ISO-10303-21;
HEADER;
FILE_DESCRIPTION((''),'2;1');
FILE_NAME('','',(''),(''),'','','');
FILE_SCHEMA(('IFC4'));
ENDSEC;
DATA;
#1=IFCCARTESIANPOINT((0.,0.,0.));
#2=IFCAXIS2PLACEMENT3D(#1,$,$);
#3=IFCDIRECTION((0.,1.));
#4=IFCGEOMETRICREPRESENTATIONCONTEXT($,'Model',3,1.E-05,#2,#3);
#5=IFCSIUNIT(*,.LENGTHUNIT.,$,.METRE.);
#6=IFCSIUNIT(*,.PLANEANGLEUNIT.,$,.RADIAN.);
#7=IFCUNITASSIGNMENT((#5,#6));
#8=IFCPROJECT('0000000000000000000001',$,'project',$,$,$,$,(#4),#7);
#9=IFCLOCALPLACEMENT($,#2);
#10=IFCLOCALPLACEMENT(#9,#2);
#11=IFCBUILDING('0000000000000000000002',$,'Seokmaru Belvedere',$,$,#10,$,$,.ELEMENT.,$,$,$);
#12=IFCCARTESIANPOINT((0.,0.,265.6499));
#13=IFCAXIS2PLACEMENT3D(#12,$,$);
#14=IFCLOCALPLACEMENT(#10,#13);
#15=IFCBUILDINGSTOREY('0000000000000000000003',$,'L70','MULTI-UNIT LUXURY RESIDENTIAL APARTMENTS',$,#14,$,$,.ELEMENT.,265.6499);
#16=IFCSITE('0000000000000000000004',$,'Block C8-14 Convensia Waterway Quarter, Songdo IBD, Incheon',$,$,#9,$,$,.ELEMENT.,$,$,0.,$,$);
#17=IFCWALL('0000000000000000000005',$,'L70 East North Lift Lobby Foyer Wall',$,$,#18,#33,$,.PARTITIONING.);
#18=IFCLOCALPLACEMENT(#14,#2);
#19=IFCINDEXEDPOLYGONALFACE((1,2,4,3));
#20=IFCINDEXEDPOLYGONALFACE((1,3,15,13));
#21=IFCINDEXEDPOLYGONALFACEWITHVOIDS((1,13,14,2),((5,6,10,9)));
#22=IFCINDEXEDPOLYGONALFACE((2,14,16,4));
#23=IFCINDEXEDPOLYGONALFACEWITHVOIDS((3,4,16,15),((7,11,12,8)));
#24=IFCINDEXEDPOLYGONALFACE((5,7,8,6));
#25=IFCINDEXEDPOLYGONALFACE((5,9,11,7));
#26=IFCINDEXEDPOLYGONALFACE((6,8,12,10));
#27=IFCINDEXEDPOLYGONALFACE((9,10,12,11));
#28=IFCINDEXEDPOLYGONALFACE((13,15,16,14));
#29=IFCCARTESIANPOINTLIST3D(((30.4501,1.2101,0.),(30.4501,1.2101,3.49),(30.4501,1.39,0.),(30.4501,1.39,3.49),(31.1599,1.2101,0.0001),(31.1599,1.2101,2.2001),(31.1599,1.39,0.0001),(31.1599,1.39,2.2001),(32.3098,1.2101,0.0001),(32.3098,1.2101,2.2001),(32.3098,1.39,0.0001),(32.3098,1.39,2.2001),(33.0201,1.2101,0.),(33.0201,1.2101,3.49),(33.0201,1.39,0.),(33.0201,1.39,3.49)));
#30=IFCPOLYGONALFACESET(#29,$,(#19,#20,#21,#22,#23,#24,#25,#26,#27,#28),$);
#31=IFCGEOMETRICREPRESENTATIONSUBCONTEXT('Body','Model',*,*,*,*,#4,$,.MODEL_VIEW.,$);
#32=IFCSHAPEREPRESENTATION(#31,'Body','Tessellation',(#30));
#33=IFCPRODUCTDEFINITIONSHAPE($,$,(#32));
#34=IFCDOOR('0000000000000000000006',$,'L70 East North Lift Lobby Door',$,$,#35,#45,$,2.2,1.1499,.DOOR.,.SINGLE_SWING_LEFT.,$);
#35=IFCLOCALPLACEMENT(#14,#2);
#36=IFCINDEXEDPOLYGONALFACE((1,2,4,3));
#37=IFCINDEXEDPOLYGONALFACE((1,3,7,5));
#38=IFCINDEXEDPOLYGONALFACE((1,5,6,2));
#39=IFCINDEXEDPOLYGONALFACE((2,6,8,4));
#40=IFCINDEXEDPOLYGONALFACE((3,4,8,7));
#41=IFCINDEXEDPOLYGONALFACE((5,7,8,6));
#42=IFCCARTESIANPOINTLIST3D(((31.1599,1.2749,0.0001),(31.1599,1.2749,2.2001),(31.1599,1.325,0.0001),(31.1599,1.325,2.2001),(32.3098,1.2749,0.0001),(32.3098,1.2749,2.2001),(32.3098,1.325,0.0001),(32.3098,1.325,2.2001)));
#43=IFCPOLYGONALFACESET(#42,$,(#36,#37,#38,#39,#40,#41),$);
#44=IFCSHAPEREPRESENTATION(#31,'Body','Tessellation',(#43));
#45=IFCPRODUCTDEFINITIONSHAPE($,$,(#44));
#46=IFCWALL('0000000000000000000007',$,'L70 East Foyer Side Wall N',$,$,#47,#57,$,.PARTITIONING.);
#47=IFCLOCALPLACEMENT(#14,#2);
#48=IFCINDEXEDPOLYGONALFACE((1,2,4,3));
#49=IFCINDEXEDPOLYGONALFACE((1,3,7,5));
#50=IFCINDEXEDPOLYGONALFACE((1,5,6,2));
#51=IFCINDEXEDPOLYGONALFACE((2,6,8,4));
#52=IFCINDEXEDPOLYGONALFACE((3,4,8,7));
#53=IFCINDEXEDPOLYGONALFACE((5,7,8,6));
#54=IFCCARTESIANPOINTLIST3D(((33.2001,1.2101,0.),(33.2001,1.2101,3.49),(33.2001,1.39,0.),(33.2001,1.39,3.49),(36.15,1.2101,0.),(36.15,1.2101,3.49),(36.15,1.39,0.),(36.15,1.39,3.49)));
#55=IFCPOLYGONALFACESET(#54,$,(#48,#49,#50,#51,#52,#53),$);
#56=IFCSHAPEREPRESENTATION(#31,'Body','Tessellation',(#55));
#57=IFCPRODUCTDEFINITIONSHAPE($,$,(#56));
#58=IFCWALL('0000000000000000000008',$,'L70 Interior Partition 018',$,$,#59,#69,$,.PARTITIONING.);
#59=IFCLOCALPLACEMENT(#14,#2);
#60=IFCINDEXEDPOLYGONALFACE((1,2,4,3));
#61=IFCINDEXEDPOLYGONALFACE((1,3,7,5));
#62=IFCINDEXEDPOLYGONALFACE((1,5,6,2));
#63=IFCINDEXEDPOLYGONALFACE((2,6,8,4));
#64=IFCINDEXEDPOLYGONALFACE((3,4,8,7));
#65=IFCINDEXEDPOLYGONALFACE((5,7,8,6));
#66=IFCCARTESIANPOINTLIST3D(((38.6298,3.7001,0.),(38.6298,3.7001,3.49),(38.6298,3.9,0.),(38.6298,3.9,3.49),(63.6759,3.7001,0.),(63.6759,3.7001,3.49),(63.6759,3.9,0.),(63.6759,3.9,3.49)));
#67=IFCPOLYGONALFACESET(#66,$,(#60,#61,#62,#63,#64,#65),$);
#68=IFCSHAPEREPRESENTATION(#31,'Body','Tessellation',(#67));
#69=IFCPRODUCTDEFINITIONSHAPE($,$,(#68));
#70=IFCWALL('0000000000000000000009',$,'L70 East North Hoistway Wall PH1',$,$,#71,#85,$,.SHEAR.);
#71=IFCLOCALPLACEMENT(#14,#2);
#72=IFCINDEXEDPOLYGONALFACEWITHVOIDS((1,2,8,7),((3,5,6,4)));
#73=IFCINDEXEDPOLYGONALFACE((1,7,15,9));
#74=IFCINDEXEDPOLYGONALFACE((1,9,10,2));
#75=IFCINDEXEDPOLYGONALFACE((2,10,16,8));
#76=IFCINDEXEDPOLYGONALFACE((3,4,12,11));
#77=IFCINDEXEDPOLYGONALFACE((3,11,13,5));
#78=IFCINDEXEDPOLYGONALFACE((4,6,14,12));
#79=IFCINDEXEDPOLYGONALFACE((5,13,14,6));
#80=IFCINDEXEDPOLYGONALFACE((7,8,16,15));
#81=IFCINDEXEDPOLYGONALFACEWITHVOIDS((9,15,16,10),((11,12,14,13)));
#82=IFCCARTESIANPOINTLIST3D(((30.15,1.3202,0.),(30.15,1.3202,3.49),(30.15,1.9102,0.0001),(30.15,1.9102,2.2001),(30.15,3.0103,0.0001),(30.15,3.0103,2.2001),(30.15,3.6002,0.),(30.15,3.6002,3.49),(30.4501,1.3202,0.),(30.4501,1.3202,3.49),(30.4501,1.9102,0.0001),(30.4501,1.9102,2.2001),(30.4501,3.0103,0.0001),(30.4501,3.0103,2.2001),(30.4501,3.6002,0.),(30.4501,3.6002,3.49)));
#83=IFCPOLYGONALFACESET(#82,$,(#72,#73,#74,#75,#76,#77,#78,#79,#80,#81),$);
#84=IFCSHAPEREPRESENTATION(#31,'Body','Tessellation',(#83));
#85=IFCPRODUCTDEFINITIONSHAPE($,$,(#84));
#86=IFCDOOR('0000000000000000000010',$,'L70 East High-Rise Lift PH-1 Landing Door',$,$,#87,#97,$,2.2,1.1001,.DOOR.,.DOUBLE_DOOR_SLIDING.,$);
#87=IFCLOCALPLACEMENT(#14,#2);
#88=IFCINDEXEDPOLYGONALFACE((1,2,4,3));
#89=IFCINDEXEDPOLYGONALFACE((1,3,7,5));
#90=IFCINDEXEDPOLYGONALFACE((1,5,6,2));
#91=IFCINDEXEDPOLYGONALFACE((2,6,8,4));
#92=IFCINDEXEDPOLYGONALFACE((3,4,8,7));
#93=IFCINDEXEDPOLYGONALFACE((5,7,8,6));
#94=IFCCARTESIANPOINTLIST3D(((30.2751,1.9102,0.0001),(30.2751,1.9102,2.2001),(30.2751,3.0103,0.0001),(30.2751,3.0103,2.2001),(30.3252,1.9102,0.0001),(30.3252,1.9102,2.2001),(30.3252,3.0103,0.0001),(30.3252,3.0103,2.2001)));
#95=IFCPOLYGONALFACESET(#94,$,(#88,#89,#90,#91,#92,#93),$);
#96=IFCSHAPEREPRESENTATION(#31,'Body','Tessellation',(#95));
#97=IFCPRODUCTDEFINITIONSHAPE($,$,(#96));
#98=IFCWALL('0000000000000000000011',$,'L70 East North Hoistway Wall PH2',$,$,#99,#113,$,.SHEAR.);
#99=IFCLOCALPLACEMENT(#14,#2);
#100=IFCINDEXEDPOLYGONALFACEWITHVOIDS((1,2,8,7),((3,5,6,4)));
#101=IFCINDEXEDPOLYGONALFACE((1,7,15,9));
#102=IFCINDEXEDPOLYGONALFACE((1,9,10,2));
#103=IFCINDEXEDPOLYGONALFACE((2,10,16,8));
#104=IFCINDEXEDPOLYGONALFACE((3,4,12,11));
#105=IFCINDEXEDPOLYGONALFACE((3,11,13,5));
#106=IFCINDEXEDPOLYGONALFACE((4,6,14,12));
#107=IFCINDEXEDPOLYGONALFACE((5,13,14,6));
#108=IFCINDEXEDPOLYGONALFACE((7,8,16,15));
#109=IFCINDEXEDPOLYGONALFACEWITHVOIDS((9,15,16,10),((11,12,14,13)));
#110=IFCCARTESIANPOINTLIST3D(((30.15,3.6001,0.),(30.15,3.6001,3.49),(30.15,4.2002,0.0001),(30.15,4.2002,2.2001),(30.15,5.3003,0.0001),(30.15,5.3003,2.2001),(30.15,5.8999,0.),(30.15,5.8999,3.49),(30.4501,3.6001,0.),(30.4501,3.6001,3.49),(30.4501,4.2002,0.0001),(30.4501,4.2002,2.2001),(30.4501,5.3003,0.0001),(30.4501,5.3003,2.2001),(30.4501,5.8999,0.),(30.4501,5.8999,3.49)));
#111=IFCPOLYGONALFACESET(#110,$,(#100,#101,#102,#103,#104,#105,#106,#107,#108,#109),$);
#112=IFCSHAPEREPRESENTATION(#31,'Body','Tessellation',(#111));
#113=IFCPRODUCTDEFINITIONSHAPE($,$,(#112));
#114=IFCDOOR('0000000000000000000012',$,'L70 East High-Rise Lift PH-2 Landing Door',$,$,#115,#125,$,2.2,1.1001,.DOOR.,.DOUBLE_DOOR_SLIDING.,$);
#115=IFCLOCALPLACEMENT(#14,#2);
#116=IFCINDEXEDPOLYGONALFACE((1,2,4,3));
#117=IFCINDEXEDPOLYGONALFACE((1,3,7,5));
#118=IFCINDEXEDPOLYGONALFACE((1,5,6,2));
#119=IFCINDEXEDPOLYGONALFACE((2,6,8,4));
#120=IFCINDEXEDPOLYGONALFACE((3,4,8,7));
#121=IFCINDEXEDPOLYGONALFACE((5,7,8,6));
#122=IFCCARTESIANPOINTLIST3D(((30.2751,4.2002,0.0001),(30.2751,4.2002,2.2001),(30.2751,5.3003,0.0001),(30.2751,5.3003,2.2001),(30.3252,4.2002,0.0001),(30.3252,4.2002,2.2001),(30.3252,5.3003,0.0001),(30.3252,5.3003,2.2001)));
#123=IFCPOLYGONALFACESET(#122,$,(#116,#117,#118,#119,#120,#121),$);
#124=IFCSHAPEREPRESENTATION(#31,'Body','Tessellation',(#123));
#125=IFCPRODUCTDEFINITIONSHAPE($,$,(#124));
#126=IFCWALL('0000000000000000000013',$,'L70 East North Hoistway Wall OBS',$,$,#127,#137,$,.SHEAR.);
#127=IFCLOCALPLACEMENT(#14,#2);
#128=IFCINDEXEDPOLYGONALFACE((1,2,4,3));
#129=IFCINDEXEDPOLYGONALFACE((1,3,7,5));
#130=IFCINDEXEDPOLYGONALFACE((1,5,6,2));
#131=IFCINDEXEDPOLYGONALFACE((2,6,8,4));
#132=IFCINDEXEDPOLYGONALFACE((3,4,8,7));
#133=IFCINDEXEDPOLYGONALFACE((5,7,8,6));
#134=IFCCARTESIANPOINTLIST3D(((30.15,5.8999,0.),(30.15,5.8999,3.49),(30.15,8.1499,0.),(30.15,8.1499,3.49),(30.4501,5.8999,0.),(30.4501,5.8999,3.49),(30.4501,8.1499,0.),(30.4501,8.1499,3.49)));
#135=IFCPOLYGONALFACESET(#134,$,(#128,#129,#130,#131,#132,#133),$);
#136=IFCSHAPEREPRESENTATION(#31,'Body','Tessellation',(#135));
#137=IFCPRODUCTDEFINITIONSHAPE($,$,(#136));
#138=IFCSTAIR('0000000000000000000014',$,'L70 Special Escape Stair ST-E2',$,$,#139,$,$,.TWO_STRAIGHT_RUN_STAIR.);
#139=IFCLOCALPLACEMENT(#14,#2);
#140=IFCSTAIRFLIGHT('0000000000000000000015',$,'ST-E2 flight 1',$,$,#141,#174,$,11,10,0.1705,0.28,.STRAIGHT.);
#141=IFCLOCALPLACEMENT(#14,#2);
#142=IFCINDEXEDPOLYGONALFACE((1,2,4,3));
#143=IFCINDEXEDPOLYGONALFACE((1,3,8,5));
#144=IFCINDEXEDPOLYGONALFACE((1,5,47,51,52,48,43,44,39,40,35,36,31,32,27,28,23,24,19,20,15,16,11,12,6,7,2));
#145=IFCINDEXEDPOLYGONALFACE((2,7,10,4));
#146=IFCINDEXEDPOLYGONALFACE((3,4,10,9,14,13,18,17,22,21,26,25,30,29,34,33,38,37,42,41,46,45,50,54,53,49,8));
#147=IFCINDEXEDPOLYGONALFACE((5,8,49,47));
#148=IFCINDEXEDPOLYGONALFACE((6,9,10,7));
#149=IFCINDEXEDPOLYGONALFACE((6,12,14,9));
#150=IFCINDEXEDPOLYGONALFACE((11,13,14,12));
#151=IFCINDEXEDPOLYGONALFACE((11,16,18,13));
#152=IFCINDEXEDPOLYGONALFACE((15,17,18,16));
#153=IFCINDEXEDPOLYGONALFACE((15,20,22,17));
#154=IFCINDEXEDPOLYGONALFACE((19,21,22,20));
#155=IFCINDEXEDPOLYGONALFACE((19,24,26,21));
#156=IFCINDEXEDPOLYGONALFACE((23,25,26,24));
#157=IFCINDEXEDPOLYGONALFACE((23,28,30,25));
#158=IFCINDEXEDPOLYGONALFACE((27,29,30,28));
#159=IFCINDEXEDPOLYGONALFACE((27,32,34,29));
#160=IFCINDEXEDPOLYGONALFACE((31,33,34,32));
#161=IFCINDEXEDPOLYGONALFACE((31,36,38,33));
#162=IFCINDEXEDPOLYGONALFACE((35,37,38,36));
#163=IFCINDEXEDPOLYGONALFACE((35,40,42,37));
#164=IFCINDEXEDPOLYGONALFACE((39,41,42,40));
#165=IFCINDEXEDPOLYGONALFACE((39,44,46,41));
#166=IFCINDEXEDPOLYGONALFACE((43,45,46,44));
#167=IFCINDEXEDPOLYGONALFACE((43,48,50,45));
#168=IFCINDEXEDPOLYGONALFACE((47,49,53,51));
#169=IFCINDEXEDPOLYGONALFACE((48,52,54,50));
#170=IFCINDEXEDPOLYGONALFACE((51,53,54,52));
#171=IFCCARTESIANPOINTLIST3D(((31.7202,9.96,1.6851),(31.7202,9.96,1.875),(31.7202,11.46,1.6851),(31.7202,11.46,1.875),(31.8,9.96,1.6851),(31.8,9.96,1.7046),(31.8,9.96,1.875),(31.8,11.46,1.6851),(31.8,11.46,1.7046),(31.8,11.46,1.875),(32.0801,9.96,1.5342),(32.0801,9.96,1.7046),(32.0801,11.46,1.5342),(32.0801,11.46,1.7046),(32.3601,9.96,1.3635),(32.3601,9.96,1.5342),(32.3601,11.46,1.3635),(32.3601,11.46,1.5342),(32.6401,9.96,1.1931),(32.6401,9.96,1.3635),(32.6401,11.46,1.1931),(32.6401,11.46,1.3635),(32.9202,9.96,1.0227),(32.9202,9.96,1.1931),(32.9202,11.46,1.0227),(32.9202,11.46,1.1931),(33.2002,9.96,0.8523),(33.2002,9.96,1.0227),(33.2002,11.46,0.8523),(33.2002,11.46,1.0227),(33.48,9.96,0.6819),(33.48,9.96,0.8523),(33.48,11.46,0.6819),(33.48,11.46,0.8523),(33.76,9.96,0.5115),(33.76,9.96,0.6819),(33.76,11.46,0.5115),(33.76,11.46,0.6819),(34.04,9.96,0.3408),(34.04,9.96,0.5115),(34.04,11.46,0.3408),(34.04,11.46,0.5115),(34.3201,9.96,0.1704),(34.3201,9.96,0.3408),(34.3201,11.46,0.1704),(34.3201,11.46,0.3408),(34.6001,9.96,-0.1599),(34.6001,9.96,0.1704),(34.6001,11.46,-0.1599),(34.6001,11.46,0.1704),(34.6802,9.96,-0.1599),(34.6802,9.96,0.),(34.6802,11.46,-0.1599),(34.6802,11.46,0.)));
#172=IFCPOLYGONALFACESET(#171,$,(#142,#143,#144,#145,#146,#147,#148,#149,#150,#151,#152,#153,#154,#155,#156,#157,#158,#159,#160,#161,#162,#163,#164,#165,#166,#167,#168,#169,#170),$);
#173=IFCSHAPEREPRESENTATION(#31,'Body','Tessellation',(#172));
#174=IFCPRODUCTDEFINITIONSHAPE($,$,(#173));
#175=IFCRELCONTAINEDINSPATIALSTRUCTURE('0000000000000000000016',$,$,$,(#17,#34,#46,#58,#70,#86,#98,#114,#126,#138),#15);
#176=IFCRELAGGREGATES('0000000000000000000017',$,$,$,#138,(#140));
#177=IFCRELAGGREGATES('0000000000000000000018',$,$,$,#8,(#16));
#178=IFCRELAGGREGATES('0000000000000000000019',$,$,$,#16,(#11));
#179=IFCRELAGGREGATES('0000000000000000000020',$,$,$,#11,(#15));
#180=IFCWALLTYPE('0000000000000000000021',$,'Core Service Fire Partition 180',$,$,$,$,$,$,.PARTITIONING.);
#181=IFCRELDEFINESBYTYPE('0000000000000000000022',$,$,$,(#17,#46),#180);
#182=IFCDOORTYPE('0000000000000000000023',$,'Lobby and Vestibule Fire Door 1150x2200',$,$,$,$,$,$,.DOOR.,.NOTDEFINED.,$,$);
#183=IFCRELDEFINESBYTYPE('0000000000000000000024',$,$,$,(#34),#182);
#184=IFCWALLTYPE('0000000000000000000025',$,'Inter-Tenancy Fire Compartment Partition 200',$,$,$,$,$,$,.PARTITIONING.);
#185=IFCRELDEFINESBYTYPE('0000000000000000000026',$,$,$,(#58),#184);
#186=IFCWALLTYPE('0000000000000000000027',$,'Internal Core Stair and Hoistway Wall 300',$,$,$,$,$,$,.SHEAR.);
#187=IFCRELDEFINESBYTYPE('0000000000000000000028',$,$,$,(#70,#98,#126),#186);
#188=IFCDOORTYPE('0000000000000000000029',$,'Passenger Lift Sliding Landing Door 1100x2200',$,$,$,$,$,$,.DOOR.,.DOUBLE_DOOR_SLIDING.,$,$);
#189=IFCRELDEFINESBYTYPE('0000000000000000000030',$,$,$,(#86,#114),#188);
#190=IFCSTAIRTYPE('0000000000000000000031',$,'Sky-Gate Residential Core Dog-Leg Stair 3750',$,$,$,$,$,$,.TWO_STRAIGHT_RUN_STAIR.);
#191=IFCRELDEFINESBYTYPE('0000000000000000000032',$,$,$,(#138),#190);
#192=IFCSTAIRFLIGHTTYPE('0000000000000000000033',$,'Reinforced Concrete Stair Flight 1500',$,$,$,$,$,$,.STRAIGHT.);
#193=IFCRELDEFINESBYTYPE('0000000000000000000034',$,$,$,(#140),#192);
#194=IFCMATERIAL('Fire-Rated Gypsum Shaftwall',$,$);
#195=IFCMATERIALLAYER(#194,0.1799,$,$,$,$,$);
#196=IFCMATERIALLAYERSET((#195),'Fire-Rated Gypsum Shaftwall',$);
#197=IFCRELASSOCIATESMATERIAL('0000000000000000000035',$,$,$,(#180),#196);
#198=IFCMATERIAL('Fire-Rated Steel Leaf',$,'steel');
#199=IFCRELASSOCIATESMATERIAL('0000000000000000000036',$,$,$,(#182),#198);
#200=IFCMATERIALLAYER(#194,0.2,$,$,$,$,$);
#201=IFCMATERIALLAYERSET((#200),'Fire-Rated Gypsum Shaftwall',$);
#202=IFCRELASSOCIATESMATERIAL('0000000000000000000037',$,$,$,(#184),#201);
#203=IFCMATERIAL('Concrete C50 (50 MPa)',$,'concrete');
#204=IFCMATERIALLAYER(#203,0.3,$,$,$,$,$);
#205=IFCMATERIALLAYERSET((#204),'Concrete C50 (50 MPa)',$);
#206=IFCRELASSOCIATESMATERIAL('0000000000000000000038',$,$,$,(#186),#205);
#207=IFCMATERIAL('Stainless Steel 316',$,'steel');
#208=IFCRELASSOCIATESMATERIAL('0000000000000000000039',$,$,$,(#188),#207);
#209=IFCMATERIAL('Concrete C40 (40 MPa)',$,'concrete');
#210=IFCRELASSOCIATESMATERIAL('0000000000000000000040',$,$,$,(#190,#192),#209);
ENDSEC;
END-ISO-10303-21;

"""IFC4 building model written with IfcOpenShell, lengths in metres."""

from ifc_helpers import new_model, si_unit, direction, frame, frame_2d, origin, place, context, subcontext, project, spatial, polyline, rectangle, outline, extrude, source, transform, mapped, material, layer, layer_set, type_object, type_shapes, element, fill, aggregate, save


model = new_model("IFC4")

# Units and contexts
model_context = context("Model", 3, precision=1e-05, world=origin(), true_north=direction((0.0, 1.0)))
body_context = subcontext(model_context, "Body", "Model", "MODEL_VIEW")
ifc_project = project(units=[si_unit("LENGTHUNIT", "METRE"), si_unit("PLANEANGLEUNIT", "RADIAN")], contexts=[model_context])

# Site, building, storey
site_placement = place(None, origin())
site = spatial("IfcSite", under=ifc_project, at=site_placement, Name="Block C8-14 Convensia Waterway Quarter, Songdo IBD, Incheon", CompositionType="ELEMENT", RefElevation=0.0)
building_placement = place(site_placement, origin())
building = spatial("IfcBuilding", under=site, at=building_placement, Name="Seokmaru Belvedere", CompositionType="ELEMENT")
storey_placement = place(building_placement, frame((0.0, 0.0, 265.6499)))
storey = spatial("IfcBuildingStorey", under=building, at=storey_placement, Name="L70", Description="MULTI-UNIT LUXURY RESIDENTIAL APARTMENTS", CompositionType="ELEMENT", Elevation=265.6499)

# Shared definitions
ifc_material_1 = material(Name="Fire-Rated Gypsum Shaftwall")

# Shared definitions
ifc_layer_1 = layer(ifc_material_1, 0.1799)
ifc_layer_set_1 = layer_set([ifc_layer_1], Name="Fire-Rated Gypsum Shaftwall")
wall_type_1 = type_object("IfcWallType", Name="Core Service Fire Partition 180", PredefinedType="PARTITIONING", material=ifc_layer_set_1)

# Wall, opening, door
wall_1_placement = place(storey_placement, frame((30.45, 1.3, 0.0), z_axis=(0.0, 0.0, 1.0), x_axis=(1.0, 0.0, 0.0)))
wall_1 = element("IfcWall", 1, at=wall_1_placement, inside=storey, type_object=wall_type_1, Name="L70 East North Lift Lobby Foyer Wall", PredefinedType="PARTITIONING", context=body_context, shape_type="SweptSolid", body=[
    extrude(rectangle(XDim=2.5701, YDim=0.1799, at=frame_2d((1.2852, 0.0))), origin(), (0.0, 0.0, 1.0), 3.49),
])
opening_1_placement = place(wall_1_placement, frame((0.71, 0.0, 0.0)))
opening_1 = element("IfcOpeningElement", 2, at=opening_1_placement, cuts=wall_1, PredefinedType="OPENING", context=body_context, shape_type="SweptSolid", body=[
    extrude(rectangle(XDim=1.1499, YDim=2.2, at=frame_2d((0.575, 1.1001))), frame((0.0, 0.1001, 0.0), z_axis=(0.0, -1.0, 0.0), x_axis=(1.0, 0.0, 0.0)), (0.0, 0.0, 1.0), 0.2),
])
ifc_material_2 = material(Name="Fire-Rated Steel Leaf", Category="steel")
door_type_1 = type_object("IfcDoorType", Name="Lobby and Vestibule Fire Door 1150x2200", OperationType="NOTDEFINED", PredefinedType="DOOR", material=ifc_material_2)
shared_shape_1 = source(origin(), body_context, "Body", "SweptSolid", [
    extrude(rectangle(XDim=1.1499, YDim=2.2, at=frame_2d((0.575, 1.1001))), frame((0.0, 0.0249, 0.0), z_axis=(0.0, -1.0, 0.0), x_axis=(1.0, 0.0, 0.0)), (0.0, 0.0, 1.0), 0.05),
])
type_shapes(door_type_1, [shared_shape_1])
door_1_placement = place(opening_1_placement, origin())
door_1 = element("IfcDoor", 3, at=door_1_placement, inside=storey, type_object=door_type_1, Name="L70 East North Lift Lobby Door", OperationType="SINGLE_SWING_LEFT", OverallHeight=2.2, OverallWidth=1.1499, PredefinedType="DOOR", context=body_context, shape_type="MappedRepresentation", body=[
    mapped(shared_shape_1, transform((0.0, 0.0, 0.0), scale=1.0)),
])
fill(opening_1, door_1)

# Walls
wall_2_placement = place(storey_placement, frame((33.2, 1.3, 0.0), z_axis=(0.0, 0.0, 1.0), x_axis=(1.0, 0.0, 0.0)))
element("IfcWall", 4, at=wall_2_placement, inside=storey, type_object=wall_type_1, Name="L70 East Foyer Side Wall N", PredefinedType="PARTITIONING", context=body_context, shape_type="SweptSolid", body=[
    extrude(rectangle(XDim=2.95, YDim=0.1799, at=frame_2d((1.4751, 0.0))), origin(), (0.0, 0.0, 1.0), 3.49),
])
ifc_layer_2 = layer(ifc_material_1, 0.2)
ifc_layer_set_2 = layer_set([ifc_layer_2], Name="Fire-Rated Gypsum Shaftwall")
wall_type_2 = type_object("IfcWallType", Name="Inter-Tenancy Fire Compartment Partition 200", PredefinedType="PARTITIONING", material=ifc_layer_set_2)
wall_3_placement = place(storey_placement, frame((38.6299, 3.8, 0.0), z_axis=(0.0, 0.0, 1.0), x_axis=(1.0, 0.0, 0.0)))
element("IfcWall", 5, at=wall_3_placement, inside=storey, type_object=wall_type_2, Name="L70 Interior Partition 018", PredefinedType="PARTITIONING", context=body_context, shape_type="SweptSolid", body=[
    extrude(rectangle(XDim=25.0461, YDim=0.2, at=frame_2d((12.5229, 0.0))), origin(), (0.0, 0.0, 1.0), 3.49),
])

# Walls, openings, doors
ifc_material_3 = material(Name="Concrete C50 (50 MPa)", Category="concrete")
ifc_layer_3 = layer(ifc_material_3, 0.3)
ifc_layer_set_3 = layer_set([ifc_layer_3], Name="Concrete C50 (50 MPa)")
wall_type_3 = type_object("IfcWallType", Name="Internal Core Stair and Hoistway Wall 300", PredefinedType="SHEAR", material=ifc_layer_set_3)
wall_4_placement = place(storey_placement, frame((30.3, 1.3201, 0.0), z_axis=(0.0, 0.0, 1.0), x_axis=(0.0, 1.0, 0.0)))
wall_4 = element("IfcWall", 6, at=wall_4_placement, inside=storey, type_object=wall_type_3, Name="L70 East North Hoistway Wall PH1", PredefinedType="SHEAR", context=body_context, shape_type="SweptSolid", body=[
    extrude(rectangle(XDim=2.28, YDim=0.3, at=frame_2d((1.1401, 0.0))), origin(), (0.0, 0.0, 1.0), 3.49),
])
opening_2_placement = place(wall_4_placement, frame((0.5901, 0.0, 0.0)))
opening_2 = element("IfcOpeningElement", 7, at=opening_2_placement, cuts=wall_4, PredefinedType="OPENING", context=body_context, shape_type="SweptSolid", body=[
    extrude(rectangle(XDim=1.1001, YDim=2.2, at=frame_2d((0.55, 1.1001))), frame((0.0, 0.1602, 0.0), z_axis=(0.0, -1.0, 0.0), x_axis=(1.0, 0.0, 0.0)), (0.0, 0.0, 1.0), 0.3201),
])
ifc_material_4 = material(Name="Stainless Steel 316", Category="steel")
door_type_2 = type_object("IfcDoorType", Name="Passenger Lift Sliding Landing Door 1100x2200", OperationType="DOUBLE_DOOR_SLIDING", PredefinedType="DOOR", material=ifc_material_4)
shared_shape_2 = source(origin(), body_context, "Body", "SweptSolid", [
    extrude(rectangle(XDim=1.1001, YDim=2.2, at=frame_2d((0.55, 1.1001))), frame((0.0, 0.0249, 0.0), z_axis=(0.0, -1.0, 0.0), x_axis=(1.0, 0.0, 0.0)), (0.0, 0.0, 1.0), 0.05),
])
type_shapes(door_type_2, [shared_shape_2])
door_2_placement = place(opening_2_placement, origin())
door_2 = element("IfcDoor", 8, at=door_2_placement, inside=storey, type_object=door_type_2, Name="L70 East High-Rise Lift PH-1 Landing Door", OperationType="DOUBLE_DOOR_SLIDING", OverallHeight=2.2, OverallWidth=1.1001, PredefinedType="DOOR", context=body_context, shape_type="MappedRepresentation", body=[
    mapped(shared_shape_2, transform((0.0, 0.0, 0.0), scale=1.0)),
])
fill(opening_2, door_2)
wall_5_placement = place(storey_placement, frame((30.3, 3.6001, 0.0), z_axis=(0.0, 0.0, 1.0), x_axis=(0.0, 1.0, 0.0)))
wall_5 = element("IfcWall", 9, at=wall_5_placement, inside=storey, type_object=wall_type_3, Name="L70 East North Hoistway Wall PH2", PredefinedType="SHEAR", context=body_context, shape_type="SweptSolid", body=[
    extrude(rectangle(XDim=2.2998, YDim=0.3, at=frame_2d((1.1499, 0.0))), origin(), (0.0, 0.0, 1.0), 3.49),
])
opening_3_placement = place(wall_5_placement, frame((0.6001, 0.0, 0.0)))
opening_3 = element("IfcOpeningElement", 10, at=opening_3_placement, cuts=wall_5, PredefinedType="OPENING", context=body_context, shape_type="SweptSolid", body=[
    extrude(rectangle(XDim=1.1001, YDim=2.2, at=frame_2d((0.55, 1.1001))), frame((0.0, 0.1602, 0.0), z_axis=(0.0, -1.0, 0.0), x_axis=(1.0, 0.0, 0.0)), (0.0, 0.0, 1.0), 0.3201),
])
door_3_placement = place(opening_3_placement, origin())
door_3 = element("IfcDoor", 11, at=door_3_placement, inside=storey, type_object=door_type_2, Name="L70 East High-Rise Lift PH-2 Landing Door", OperationType="DOUBLE_DOOR_SLIDING", OverallHeight=2.2, OverallWidth=1.1001, PredefinedType="DOOR", context=body_context, shape_type="MappedRepresentation", body=[
    mapped(shared_shape_2, transform((0.0, 0.0, 0.0), scale=1.0)),
])
fill(opening_3, door_3)

# Wall
wall_6_placement = place(storey_placement, frame((30.3, 5.8999, 0.0), z_axis=(0.0, 0.0, 1.0), x_axis=(0.0, 1.0, 0.0)))
element("IfcWall", 12, at=wall_6_placement, inside=storey, type_object=wall_type_3, Name="L70 East North Hoistway Wall OBS", PredefinedType="SHEAR", context=body_context, shape_type="SweptSolid", body=[
    extrude(rectangle(XDim=2.25, YDim=0.3, at=frame_2d((1.125, 0.0))), origin(), (0.0, 0.0, 1.0), 3.49),
])

# Stair, stair flight
ifc_material_5 = material(Name="Concrete C40 (40 MPa)", Category="concrete")
stair_type = type_object("IfcStairType", Name="Sky-Gate Residential Core Dog-Leg Stair 3750", PredefinedType="TWO_STRAIGHT_RUN_STAIR", material=ifc_material_5)
stair_placement = place(storey_placement, origin())
stair = element("IfcStair", 13, at=stair_placement, inside=storey, type_object=stair_type, Name="L70 Special Escape Stair ST-E2", PredefinedType="TWO_STRAIGHT_RUN_STAIR")
stair_flight_type = type_object("IfcStairFlightType", Name="Reinforced Concrete Stair Flight 1500", PredefinedType="STRAIGHT", material=ifc_material_5)
stair_flight_1_placement = place(storey_placement, frame((34.6001, 10.71, 0.0), z_axis=(0.0, 0.0, 1.0), x_axis=(-1.0, 0.0, 0.0)))
stair_flight_1 = element("IfcStairFlight", 14, at=stair_flight_1_placement, type_object=stair_flight_type, Name="ST-E2 flight 1", NumberOfRisers=11, NumberOfTreads=10, PredefinedType="STRAIGHT", RiserHeight=0.1705, TreadLength=0.28, context=body_context, shape_type="SweptSolid", body=[
    extrude(outline(polyline([(-0.0801, 0.0), (0.0, 0.1704), (0.28, 0.1704), (0.28, 0.3408), (0.5601, 0.3408), (0.5601, 0.5115), (0.8401, 0.5115), (0.8401, 0.6819), (1.1201, 0.6819), (1.1201, 0.8523), (1.3999, 0.8523), (1.3999, 1.0227), (1.6799, 1.0227), (1.6799, 1.1931), (1.96, 1.1931), (1.96, 1.3635), (2.24, 1.3635), (2.24, 1.5342), (2.52, 1.5342), (2.52, 1.7046), (2.8, 1.7046), (2.8, 1.875), (2.8799, 1.875), (2.8799, 1.6851), (2.8, 1.6851), (0.0, -0.1599), (-0.0801, -0.1599), (-0.0801, 0.0)])), frame((0.0, 0.75, 0.0), z_axis=(0.0, -1.0, 0.0), x_axis=(1.0, 0.0, 0.0)), (0.0, 0.0, 1.0), 1.5),
])
aggregate(stair, [stair_flight_1])

save(model, "model.ifc")
